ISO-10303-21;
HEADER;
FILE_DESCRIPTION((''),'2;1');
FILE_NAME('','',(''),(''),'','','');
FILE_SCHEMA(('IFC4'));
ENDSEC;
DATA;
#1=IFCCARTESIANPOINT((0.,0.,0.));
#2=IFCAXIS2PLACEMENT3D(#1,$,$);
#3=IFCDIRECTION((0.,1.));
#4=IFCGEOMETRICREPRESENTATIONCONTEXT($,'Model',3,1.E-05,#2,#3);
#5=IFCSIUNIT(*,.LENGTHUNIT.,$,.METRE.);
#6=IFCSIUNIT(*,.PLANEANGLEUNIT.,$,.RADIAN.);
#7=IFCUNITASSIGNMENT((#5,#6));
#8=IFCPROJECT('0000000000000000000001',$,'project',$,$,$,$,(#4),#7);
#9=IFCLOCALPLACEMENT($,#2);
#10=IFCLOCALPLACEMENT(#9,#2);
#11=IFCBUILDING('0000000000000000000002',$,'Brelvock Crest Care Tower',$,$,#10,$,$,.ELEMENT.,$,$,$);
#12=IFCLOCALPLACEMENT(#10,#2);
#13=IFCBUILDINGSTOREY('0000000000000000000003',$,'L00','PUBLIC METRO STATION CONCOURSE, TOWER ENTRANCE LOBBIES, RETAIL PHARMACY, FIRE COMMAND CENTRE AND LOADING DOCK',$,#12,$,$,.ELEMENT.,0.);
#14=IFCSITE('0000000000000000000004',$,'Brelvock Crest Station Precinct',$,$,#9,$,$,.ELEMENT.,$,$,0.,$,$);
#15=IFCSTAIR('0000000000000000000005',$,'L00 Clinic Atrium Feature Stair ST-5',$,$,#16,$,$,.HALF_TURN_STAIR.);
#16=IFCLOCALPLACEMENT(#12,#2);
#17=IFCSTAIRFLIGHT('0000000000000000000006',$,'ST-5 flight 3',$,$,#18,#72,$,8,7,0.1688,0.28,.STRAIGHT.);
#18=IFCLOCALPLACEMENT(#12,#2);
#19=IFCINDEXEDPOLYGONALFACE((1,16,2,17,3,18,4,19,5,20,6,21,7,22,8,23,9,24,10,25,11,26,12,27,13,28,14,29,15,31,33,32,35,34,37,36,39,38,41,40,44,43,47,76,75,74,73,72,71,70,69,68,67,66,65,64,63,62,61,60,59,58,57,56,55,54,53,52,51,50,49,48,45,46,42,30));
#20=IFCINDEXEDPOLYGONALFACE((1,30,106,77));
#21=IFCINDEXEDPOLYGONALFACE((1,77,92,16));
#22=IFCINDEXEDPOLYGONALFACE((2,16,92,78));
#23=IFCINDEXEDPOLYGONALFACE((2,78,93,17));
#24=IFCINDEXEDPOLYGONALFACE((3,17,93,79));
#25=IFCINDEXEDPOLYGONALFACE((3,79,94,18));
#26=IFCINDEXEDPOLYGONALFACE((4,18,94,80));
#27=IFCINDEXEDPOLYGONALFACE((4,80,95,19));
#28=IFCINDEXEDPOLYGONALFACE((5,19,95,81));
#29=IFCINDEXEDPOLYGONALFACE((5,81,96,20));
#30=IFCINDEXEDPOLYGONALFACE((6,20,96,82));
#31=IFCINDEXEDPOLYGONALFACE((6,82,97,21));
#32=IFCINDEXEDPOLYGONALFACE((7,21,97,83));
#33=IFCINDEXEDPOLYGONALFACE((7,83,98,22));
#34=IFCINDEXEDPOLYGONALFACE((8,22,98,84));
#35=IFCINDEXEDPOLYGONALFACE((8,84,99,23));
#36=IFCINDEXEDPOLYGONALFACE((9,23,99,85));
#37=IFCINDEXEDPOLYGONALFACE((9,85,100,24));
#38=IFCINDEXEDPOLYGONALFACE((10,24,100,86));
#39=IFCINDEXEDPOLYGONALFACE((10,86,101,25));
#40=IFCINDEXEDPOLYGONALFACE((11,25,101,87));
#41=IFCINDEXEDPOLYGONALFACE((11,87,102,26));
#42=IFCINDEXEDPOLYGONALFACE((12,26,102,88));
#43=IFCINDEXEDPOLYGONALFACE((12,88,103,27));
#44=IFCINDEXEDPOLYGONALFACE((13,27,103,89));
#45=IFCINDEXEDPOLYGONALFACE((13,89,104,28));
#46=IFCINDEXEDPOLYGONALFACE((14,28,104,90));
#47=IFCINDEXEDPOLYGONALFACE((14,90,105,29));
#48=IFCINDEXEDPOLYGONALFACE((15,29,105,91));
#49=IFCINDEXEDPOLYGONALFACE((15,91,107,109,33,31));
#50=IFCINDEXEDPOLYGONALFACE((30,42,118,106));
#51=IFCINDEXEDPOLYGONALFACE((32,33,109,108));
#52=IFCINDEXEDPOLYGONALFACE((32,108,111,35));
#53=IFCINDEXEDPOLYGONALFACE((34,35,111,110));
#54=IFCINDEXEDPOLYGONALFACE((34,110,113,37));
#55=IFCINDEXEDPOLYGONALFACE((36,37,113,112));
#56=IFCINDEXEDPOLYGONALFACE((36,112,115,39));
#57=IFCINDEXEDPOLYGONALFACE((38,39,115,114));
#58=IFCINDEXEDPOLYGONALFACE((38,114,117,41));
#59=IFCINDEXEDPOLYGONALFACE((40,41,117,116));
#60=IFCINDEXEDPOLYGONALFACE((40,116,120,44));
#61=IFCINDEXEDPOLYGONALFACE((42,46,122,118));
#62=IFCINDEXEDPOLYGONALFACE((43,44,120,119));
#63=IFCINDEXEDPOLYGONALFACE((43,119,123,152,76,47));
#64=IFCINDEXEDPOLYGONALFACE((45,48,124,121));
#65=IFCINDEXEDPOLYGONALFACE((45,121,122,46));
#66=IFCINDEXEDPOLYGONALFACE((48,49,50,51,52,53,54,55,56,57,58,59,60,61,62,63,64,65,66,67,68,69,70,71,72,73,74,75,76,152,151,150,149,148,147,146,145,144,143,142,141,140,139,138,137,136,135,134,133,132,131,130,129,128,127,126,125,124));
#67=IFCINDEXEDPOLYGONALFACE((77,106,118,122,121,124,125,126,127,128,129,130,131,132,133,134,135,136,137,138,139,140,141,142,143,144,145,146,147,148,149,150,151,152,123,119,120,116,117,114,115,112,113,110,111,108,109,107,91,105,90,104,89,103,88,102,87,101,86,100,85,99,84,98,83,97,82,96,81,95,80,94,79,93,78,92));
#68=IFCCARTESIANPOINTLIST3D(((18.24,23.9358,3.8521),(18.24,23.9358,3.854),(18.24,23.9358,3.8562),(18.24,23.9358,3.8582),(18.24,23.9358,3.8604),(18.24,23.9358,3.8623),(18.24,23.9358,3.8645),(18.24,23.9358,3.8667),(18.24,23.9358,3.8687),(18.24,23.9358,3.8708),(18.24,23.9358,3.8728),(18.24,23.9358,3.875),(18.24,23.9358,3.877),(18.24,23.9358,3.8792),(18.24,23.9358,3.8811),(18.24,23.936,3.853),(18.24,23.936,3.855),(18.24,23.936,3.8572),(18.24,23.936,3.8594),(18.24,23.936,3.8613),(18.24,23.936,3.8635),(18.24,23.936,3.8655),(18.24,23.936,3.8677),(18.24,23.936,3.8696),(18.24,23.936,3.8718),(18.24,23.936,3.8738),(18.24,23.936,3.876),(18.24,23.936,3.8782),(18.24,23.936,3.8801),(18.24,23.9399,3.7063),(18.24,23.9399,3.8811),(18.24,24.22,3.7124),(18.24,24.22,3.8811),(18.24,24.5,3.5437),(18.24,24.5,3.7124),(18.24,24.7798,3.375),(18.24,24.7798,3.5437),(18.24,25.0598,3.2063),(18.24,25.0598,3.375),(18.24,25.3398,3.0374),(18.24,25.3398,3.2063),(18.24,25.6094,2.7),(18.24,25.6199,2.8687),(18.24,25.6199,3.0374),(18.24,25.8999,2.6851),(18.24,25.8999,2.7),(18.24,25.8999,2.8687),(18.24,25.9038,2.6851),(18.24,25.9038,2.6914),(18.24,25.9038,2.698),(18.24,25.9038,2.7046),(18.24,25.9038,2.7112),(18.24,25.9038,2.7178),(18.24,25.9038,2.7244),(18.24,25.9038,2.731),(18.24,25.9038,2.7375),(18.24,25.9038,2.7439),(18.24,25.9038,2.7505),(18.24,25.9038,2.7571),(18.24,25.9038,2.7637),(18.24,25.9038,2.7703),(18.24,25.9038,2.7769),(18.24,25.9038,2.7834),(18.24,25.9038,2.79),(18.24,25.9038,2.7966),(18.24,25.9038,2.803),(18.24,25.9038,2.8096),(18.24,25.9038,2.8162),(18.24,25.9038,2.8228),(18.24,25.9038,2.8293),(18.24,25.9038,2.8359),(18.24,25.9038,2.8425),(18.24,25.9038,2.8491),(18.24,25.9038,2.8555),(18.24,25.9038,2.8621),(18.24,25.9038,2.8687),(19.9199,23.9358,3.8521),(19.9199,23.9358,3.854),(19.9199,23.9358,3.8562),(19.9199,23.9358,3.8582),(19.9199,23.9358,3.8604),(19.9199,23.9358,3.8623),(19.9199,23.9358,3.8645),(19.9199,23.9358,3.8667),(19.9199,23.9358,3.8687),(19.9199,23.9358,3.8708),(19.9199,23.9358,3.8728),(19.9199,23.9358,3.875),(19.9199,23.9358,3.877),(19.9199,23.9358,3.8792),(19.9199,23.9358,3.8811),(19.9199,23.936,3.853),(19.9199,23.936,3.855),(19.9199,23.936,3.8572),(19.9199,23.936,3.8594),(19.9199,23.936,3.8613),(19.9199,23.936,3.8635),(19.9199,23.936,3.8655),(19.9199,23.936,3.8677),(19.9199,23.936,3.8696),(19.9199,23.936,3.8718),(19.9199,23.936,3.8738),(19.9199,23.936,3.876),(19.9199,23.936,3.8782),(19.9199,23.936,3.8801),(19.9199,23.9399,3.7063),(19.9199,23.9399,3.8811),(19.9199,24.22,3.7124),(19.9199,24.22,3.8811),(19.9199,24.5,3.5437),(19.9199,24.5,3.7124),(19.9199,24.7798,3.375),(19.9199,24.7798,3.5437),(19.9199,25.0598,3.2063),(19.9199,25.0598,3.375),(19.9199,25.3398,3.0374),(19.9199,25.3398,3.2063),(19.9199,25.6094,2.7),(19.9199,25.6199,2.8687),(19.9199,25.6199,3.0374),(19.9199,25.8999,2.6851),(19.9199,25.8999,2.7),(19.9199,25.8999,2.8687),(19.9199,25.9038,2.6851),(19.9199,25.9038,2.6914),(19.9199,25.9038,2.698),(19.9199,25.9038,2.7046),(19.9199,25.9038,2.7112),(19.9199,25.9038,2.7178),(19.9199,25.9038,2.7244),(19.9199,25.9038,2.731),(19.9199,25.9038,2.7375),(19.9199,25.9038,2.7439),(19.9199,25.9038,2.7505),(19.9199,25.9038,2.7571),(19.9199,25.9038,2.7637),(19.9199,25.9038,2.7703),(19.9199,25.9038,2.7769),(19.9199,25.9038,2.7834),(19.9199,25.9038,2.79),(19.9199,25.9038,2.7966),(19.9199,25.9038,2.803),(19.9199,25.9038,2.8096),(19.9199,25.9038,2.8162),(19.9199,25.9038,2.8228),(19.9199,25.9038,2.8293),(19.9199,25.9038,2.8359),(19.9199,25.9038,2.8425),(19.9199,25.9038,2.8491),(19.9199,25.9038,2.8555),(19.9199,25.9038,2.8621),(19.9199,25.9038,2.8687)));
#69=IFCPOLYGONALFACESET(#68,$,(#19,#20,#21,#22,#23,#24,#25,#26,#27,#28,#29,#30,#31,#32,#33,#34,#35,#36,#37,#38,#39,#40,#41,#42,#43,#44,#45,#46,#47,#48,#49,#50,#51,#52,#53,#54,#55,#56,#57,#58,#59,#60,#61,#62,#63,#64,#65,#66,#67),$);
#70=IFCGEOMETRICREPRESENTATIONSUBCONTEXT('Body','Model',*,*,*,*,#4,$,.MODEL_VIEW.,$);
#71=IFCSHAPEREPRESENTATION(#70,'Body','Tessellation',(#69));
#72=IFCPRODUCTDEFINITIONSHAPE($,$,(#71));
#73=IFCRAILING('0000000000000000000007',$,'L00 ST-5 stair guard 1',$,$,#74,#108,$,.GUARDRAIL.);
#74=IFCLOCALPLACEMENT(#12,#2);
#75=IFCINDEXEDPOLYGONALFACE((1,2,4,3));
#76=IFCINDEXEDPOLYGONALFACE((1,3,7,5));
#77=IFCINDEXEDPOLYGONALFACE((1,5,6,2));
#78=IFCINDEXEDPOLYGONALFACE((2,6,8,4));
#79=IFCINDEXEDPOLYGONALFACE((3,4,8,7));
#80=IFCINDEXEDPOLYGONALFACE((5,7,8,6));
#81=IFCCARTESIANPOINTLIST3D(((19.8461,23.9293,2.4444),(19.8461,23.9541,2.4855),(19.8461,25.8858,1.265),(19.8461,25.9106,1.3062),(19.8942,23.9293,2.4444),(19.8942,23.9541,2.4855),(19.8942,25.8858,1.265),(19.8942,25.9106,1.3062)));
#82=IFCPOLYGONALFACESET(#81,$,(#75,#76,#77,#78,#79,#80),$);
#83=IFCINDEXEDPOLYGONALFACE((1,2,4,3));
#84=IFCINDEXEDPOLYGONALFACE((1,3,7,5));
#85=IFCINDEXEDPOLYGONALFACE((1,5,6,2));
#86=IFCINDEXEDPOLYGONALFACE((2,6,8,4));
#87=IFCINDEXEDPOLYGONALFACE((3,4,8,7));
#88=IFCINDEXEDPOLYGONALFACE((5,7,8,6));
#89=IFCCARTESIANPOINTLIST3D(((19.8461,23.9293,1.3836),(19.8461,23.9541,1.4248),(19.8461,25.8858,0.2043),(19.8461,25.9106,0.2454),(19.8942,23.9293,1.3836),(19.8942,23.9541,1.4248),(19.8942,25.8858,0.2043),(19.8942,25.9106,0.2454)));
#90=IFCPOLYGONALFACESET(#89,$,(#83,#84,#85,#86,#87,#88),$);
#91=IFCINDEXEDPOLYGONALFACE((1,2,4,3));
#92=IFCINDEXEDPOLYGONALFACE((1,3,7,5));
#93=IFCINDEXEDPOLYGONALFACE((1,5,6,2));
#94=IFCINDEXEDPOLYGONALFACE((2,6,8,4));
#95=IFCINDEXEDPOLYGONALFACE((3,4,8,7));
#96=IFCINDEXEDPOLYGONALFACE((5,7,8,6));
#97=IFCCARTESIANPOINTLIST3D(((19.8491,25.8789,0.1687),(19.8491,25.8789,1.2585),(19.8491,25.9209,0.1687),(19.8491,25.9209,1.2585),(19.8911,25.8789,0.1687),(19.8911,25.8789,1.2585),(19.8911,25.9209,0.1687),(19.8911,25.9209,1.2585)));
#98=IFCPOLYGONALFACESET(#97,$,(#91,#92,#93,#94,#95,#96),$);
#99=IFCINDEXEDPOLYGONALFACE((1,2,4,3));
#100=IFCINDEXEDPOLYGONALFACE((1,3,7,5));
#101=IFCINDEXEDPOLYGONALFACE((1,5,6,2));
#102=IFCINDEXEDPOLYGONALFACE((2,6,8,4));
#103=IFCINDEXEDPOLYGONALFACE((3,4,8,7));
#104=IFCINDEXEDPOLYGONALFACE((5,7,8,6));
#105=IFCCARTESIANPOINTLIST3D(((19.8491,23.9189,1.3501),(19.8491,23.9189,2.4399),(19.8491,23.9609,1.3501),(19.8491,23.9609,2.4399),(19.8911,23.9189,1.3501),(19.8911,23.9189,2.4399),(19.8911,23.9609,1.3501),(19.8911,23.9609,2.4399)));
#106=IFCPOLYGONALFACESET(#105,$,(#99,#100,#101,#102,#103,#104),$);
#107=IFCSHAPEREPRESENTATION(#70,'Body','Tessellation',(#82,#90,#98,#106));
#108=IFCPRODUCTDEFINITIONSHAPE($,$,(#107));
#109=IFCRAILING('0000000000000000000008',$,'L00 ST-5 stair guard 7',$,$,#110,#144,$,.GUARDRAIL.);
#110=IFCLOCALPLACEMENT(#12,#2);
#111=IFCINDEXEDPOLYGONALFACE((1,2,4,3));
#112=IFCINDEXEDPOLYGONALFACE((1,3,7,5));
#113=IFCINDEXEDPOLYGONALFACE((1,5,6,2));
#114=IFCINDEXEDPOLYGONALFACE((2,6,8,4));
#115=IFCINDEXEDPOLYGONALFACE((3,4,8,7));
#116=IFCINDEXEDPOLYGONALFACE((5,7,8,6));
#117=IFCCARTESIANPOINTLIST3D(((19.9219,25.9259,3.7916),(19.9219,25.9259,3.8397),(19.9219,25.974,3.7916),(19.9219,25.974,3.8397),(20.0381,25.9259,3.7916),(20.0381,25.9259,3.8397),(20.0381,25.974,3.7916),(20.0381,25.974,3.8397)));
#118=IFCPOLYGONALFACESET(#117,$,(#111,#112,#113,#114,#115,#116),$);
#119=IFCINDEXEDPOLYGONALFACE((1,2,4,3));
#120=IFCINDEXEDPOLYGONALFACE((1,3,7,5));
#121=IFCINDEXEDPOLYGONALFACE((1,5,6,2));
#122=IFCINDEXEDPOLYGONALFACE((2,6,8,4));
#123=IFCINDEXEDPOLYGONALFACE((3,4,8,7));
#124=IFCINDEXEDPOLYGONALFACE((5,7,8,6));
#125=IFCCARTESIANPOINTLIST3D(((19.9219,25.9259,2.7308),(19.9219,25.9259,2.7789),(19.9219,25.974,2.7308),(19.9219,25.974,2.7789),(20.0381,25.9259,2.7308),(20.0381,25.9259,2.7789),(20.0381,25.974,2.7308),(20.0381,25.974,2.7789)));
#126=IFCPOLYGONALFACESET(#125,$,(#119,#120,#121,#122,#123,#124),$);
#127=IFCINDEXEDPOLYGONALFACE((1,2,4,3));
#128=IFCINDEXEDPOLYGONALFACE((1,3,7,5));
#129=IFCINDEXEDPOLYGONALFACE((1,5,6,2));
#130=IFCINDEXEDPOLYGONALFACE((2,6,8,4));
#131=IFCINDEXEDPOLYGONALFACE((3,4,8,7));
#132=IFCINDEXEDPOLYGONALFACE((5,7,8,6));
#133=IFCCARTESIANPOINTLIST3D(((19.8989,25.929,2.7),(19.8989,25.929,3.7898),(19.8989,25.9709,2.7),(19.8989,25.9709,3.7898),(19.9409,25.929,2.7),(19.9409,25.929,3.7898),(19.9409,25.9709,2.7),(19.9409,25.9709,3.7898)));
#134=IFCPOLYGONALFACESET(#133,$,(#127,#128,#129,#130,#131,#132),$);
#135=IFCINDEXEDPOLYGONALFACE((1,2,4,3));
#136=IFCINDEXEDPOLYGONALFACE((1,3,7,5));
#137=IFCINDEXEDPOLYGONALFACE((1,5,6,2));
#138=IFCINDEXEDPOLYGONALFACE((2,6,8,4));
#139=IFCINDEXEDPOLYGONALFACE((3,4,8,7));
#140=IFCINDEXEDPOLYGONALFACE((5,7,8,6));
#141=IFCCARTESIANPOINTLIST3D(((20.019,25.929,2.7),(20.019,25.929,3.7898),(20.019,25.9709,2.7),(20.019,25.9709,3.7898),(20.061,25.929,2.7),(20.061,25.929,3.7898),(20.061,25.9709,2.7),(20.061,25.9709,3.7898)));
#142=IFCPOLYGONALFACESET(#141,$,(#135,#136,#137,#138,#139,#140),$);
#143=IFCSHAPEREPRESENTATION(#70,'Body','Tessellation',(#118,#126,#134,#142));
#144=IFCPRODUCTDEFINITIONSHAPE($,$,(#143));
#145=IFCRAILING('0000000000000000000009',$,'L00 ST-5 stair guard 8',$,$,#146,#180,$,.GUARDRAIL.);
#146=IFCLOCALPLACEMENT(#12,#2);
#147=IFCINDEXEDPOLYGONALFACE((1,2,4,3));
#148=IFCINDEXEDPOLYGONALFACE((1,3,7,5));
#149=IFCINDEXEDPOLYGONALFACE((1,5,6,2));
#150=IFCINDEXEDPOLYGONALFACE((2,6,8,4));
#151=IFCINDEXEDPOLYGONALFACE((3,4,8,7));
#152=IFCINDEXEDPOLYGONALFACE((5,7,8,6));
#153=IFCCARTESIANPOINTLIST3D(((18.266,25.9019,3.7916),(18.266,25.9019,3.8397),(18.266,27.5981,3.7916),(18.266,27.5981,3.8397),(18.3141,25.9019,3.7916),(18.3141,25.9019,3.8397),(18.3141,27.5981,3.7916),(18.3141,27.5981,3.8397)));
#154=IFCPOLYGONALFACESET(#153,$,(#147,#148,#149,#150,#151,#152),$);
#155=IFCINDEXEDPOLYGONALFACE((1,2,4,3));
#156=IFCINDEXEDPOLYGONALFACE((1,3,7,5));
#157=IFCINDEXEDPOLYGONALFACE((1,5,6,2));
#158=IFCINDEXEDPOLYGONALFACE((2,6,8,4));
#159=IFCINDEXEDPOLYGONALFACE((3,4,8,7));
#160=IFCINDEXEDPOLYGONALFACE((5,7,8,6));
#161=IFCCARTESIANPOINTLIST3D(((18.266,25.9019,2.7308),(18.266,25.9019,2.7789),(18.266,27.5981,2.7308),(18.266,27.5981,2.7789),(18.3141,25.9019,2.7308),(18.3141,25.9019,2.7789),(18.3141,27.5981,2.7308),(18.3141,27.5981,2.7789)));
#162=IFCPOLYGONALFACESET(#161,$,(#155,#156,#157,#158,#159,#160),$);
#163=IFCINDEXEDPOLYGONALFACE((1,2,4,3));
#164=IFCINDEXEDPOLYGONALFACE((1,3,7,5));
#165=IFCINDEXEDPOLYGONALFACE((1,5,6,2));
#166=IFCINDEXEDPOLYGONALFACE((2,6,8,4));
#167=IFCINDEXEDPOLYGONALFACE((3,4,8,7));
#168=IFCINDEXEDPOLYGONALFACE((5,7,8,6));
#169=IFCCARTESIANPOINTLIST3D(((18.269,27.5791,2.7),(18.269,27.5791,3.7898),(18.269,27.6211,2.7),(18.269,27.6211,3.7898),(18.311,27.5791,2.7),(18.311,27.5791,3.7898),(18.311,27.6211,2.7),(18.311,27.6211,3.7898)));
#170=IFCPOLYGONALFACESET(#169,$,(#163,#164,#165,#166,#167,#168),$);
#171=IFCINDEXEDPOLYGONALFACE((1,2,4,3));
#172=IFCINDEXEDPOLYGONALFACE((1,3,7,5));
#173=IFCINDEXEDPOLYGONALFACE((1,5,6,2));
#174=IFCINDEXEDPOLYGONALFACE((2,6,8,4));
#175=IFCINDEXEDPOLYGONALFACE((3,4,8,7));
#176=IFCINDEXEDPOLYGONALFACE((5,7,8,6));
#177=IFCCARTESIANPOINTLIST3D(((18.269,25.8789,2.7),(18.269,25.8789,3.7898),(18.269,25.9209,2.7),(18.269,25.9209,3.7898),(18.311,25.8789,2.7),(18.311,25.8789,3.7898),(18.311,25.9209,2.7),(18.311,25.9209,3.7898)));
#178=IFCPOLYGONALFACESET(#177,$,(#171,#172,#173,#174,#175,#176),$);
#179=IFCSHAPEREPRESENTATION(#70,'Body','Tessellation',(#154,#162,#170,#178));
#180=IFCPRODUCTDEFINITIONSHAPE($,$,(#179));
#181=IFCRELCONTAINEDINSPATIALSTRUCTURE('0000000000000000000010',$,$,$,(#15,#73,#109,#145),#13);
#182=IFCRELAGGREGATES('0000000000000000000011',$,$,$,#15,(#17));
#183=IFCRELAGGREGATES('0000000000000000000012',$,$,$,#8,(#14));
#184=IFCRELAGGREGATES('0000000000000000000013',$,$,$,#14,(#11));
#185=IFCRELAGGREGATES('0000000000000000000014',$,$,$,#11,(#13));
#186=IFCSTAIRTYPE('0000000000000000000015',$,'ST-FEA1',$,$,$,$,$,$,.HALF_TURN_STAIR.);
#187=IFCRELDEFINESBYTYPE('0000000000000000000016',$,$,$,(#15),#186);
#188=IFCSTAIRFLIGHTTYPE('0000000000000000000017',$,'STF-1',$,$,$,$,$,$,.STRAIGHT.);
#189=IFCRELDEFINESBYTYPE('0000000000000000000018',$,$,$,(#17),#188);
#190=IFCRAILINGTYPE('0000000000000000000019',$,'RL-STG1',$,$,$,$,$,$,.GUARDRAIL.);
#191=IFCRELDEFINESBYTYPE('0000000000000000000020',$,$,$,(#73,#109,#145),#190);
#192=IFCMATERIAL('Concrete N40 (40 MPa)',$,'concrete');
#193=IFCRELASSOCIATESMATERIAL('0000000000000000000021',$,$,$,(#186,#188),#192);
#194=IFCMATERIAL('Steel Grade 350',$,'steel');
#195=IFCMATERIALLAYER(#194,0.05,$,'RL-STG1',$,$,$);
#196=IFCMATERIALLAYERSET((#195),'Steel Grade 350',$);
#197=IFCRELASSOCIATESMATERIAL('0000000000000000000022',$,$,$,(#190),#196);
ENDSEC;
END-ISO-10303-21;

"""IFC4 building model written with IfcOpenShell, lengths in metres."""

from ifc_helpers import new_model, si_unit, direction, frame, origin, origin_2d, place, context, subcontext, project, spatial, polyline, rectangle, outline, extrude, material, layer, layer_set, type_object, element, aggregate, save


model = new_model("IFC4")

# Units and contexts
model_context = context("Model", 3, precision=1e-05, world=origin(), true_north=direction((0.0, 1.0)))
body_context = subcontext(model_context, "Body", "Model", "MODEL_VIEW")
ifc_project = project(units=[si_unit("LENGTHUNIT", "METRE"), si_unit("PLANEANGLEUNIT", "RADIAN")], contexts=[model_context])

# Site, building, storey
site_placement = place(None, origin())
site = spatial("IfcSite", under=ifc_project, at=site_placement, Name="Brelvock Crest Station Precinct", CompositionType="ELEMENT", RefElevation=0.0)
building_placement = place(site_placement, origin())
building = spatial("IfcBuilding", under=site, at=building_placement, Name="Brelvock Crest Care Tower", CompositionType="ELEMENT")
storey_placement = place(building_placement, origin())
storey = spatial("IfcBuildingStorey", under=building, at=storey_placement, Name="L00", Description="PUBLIC METRO STATION CONCOURSE, TOWER ENTRANCE LOBBIES, RETAIL PHARMACY, FIRE COMMAND CENTRE AND LOADING DOCK", CompositionType="ELEMENT", Elevation=0.0)

# Shared definitions
ifc_material_1 = material(Name="Steel Grade 350", Category="steel")

# Stair, stair flight
ifc_material_2 = material(Name="Concrete N40 (40 MPa)", Category="concrete")
stair_type = type_object("IfcStairType", Name="ST-FEA1", PredefinedType="HALF_TURN_STAIR", material=ifc_material_2)
stair_placement = place(storey_placement, origin())
stair = element("IfcStair", 1, at=stair_placement, inside=storey, type_object=stair_type, Name="L00 Clinic Atrium Feature Stair ST-5", PredefinedType="HALF_TURN_STAIR")
stair_flight_type = type_object("IfcStairFlightType", Name="STF-1", PredefinedType="STRAIGHT", material=ifc_material_2)
stair_flight_1_placement = place(storey_placement, frame((19.0801, 25.8999, 2.7), z_axis=(0.0, 0.0, 1.0), x_axis=(0.0, -1.0, 0.0)))
stair_flight_1 = element("IfcStairFlight", 2, at=stair_flight_1_placement, type_object=stair_flight_type, Name="ST-5 flight 3", NumberOfRisers=8, NumberOfTreads=7, PredefinedType="STRAIGHT", RiserHeight=0.1688, TreadLength=0.28, context=body_context, shape_type="SweptSolid", body=[
    extrude(outline(polyline([(-0.0039, -0.0149), (-0.0039, -0.0085), (-0.0039, -0.002), (-0.0039, 0.0046), (-0.0039, 0.0112), (-0.0039, 0.0178), (-0.0039, 0.0244), (-0.0039, 0.031), (-0.0039, 0.0376), (-0.0039, 0.0439), (-0.0039, 0.0505), (-0.0039, 0.0571), (-0.0039, 0.0637), (-0.0039, 0.0703), (-0.0039, 0.0769), (-0.0039, 0.0835), (-0.0039, 0.0901), (-0.0039, 0.0967), (-0.0039, 0.103), (-0.0039, 0.1096), (-0.0039, 0.1162), (-0.0039, 0.1228), (-0.0039, 0.1294), (-0.0039, 0.136), (-0.0039, 0.1426), (-0.0039, 0.1492), (-0.0039, 0.1555), (-0.0039, 0.1621), (-0.0039, 0.1687), (0.0, 0.1687), (0.28, 0.1687), (0.28, 0.3374), (0.5601, 0.3374), (0.5601, 0.5063), (0.8401, 0.5063), (0.8401, 0.675), (1.1201, 0.675), (1.1201, 0.8438), (1.3999, 0.8438), (1.3999, 1.0125), (1.6799, 1.0125), (1.6799, 1.1812), (1.96, 1.1812), (1.9641, 1.1812), (1.9639, 1.1802), (1.9641, 1.1792), (1.9639, 1.1782), (1.9641, 1.177), (1.9639, 1.176), (1.9641, 1.175), (1.9639, 1.1738), (1.9641, 1.1729), (1.9639, 1.1719), (1.9641, 1.1709), (1.9639, 1.1697), (1.9641, 1.1687), (1.9639, 1.1677), (1.9641, 1.1667), (1.9639, 1.1655), (1.9641, 1.1646), (1.9639, 1.1636), (1.9641, 1.1624), (1.9639, 1.1614), (1.9641, 1.1604), (1.9639, 1.1594), (1.9641, 1.1582), (1.9639, 1.1572), (1.9641, 1.1562), (1.9639, 1.155), (1.9641, 1.1541), (1.9639, 1.1531), (1.9641, 1.1521), (1.96, 1.0063), (0.2905, 0.0), (0.0, 0.0), (0.0, -0.0149), (-0.0039, -0.0149)])), frame((0.0, 0.8398, 0.0), z_axis=(0.0, -1.0, 0.0), x_axis=(1.0, 0.0, 0.0)), (0.0, 0.0, 1.0), 1.6799),
])
aggregate(stair, [stair_flight_1])

# Railings
ifc_layer_1 = layer(ifc_material_1, 0.05, Name="RL-STG1")
ifc_layer_set_1 = layer_set([ifc_layer_1], Name="Steel Grade 350")
railing_type_1 = type_object("IfcRailingType", Name="RL-STG1", PredefinedType="GUARDRAIL", material=ifc_layer_set_1)
railing_1_placement = place(storey_placement, frame((19.8701, 25.8999, 0.1687)))
element("IfcRailing", 3, at=railing_1_placement, inside=storey, type_object=railing_type_1, Name="L00 ST-5 stair guard 1", PredefinedType="GUARDRAIL", context=body_context, shape_type="SweptSolid", body=[
    extrude(rectangle(XDim=0.0481, YDim=0.0481, at=origin_2d()), frame((0.0, -0.0017, 1.1169), z_axis=(0.0, -0.856446, 0.516236), x_axis=(1.0, 0.0, 0.0)), (0.0, 0.0, 1.0), 2.2844),
    extrude(rectangle(XDim=0.0481, YDim=0.0481, at=origin_2d()), frame((0.0, -0.0017, 0.0562), z_axis=(0.0, -0.856446, 0.516236), x_axis=(1.0, 0.0, 0.0)), (0.0, 0.0, 1.0), 2.2844),
    extrude(rectangle(XDim=0.042, YDim=0.042, at=origin_2d()), origin(), (0.0, 0.0, 1.0), 1.0898),
    extrude(rectangle(XDim=0.042, YDim=0.042, at=origin_2d()), frame((0.0, -1.96, 1.1814)), (0.0, 0.0, 1.0), 1.0898),
])
railing_2_placement = place(storey_placement, frame((19.9199, 25.95, 2.7)))
element("IfcRailing", 4, at=railing_2_placement, inside=storey, type_object=railing_type_1, Name="L00 ST-5 stair guard 7", PredefinedType="GUARDRAIL", context=body_context, shape_type="SweptSolid", body=[
    extrude(rectangle(XDim=0.0481, YDim=0.0481, at=origin_2d()), frame((0.002, 0.0, 1.1157), z_axis=(1.0, 0.0, 0.0), x_axis=(0.0, 1.0, 0.0)), (0.0, 0.0, 1.0), 0.1162),
    extrude(rectangle(XDim=0.0481, YDim=0.0481, at=origin_2d()), frame((0.002, 0.0, 0.0549), z_axis=(1.0, 0.0, 0.0), x_axis=(0.0, 1.0, 0.0)), (0.0, 0.0, 1.0), 0.1162),
    extrude(rectangle(XDim=0.042, YDim=0.042, at=origin_2d()), origin(), (0.0, 0.0, 1.0), 1.0898),
    extrude(rectangle(XDim=0.042, YDim=0.042, at=origin_2d()), frame((0.1201, 0.0, 0.0)), (0.0, 0.0, 1.0), 1.0898),
])
for number, where, name in (
    (5, (18.29, 27.6001, 2.7), "L00 ST-5 stair guard 8"),
):
    element("IfcRailing", number, at=place(storey_placement, frame(where)), inside=storey, type_object=railing_type_1, Name=name, PredefinedType="GUARDRAIL", context=body_context, shape_type="SweptSolid", body=[
        extrude(rectangle(XDim=0.0481, YDim=0.0481, at=origin_2d()), frame((0.0, -0.002, 1.1157), z_axis=(0.0, -1.0, 0.0), x_axis=(1.0, 0.0, 0.0)), (0.0, 0.0, 1.0), 1.6963),
        extrude(rectangle(XDim=0.0481, YDim=0.0481, at=origin_2d()), frame((0.0, -0.002, 0.0549), z_axis=(0.0, -1.0, 0.0), x_axis=(1.0, 0.0, 0.0)), (0.0, 0.0, 1.0), 1.6963),
        extrude(rectangle(XDim=0.042, YDim=0.042, at=origin_2d()), origin(), (0.0, 0.0, 1.0), 1.0898),
        extrude(rectangle(XDim=0.042, YDim=0.042, at=origin_2d()), frame((0.0, -1.7002, 0.0)), (0.0, 0.0, 1.0), 1.0898),
    ])

save(model, "model.ifc")
